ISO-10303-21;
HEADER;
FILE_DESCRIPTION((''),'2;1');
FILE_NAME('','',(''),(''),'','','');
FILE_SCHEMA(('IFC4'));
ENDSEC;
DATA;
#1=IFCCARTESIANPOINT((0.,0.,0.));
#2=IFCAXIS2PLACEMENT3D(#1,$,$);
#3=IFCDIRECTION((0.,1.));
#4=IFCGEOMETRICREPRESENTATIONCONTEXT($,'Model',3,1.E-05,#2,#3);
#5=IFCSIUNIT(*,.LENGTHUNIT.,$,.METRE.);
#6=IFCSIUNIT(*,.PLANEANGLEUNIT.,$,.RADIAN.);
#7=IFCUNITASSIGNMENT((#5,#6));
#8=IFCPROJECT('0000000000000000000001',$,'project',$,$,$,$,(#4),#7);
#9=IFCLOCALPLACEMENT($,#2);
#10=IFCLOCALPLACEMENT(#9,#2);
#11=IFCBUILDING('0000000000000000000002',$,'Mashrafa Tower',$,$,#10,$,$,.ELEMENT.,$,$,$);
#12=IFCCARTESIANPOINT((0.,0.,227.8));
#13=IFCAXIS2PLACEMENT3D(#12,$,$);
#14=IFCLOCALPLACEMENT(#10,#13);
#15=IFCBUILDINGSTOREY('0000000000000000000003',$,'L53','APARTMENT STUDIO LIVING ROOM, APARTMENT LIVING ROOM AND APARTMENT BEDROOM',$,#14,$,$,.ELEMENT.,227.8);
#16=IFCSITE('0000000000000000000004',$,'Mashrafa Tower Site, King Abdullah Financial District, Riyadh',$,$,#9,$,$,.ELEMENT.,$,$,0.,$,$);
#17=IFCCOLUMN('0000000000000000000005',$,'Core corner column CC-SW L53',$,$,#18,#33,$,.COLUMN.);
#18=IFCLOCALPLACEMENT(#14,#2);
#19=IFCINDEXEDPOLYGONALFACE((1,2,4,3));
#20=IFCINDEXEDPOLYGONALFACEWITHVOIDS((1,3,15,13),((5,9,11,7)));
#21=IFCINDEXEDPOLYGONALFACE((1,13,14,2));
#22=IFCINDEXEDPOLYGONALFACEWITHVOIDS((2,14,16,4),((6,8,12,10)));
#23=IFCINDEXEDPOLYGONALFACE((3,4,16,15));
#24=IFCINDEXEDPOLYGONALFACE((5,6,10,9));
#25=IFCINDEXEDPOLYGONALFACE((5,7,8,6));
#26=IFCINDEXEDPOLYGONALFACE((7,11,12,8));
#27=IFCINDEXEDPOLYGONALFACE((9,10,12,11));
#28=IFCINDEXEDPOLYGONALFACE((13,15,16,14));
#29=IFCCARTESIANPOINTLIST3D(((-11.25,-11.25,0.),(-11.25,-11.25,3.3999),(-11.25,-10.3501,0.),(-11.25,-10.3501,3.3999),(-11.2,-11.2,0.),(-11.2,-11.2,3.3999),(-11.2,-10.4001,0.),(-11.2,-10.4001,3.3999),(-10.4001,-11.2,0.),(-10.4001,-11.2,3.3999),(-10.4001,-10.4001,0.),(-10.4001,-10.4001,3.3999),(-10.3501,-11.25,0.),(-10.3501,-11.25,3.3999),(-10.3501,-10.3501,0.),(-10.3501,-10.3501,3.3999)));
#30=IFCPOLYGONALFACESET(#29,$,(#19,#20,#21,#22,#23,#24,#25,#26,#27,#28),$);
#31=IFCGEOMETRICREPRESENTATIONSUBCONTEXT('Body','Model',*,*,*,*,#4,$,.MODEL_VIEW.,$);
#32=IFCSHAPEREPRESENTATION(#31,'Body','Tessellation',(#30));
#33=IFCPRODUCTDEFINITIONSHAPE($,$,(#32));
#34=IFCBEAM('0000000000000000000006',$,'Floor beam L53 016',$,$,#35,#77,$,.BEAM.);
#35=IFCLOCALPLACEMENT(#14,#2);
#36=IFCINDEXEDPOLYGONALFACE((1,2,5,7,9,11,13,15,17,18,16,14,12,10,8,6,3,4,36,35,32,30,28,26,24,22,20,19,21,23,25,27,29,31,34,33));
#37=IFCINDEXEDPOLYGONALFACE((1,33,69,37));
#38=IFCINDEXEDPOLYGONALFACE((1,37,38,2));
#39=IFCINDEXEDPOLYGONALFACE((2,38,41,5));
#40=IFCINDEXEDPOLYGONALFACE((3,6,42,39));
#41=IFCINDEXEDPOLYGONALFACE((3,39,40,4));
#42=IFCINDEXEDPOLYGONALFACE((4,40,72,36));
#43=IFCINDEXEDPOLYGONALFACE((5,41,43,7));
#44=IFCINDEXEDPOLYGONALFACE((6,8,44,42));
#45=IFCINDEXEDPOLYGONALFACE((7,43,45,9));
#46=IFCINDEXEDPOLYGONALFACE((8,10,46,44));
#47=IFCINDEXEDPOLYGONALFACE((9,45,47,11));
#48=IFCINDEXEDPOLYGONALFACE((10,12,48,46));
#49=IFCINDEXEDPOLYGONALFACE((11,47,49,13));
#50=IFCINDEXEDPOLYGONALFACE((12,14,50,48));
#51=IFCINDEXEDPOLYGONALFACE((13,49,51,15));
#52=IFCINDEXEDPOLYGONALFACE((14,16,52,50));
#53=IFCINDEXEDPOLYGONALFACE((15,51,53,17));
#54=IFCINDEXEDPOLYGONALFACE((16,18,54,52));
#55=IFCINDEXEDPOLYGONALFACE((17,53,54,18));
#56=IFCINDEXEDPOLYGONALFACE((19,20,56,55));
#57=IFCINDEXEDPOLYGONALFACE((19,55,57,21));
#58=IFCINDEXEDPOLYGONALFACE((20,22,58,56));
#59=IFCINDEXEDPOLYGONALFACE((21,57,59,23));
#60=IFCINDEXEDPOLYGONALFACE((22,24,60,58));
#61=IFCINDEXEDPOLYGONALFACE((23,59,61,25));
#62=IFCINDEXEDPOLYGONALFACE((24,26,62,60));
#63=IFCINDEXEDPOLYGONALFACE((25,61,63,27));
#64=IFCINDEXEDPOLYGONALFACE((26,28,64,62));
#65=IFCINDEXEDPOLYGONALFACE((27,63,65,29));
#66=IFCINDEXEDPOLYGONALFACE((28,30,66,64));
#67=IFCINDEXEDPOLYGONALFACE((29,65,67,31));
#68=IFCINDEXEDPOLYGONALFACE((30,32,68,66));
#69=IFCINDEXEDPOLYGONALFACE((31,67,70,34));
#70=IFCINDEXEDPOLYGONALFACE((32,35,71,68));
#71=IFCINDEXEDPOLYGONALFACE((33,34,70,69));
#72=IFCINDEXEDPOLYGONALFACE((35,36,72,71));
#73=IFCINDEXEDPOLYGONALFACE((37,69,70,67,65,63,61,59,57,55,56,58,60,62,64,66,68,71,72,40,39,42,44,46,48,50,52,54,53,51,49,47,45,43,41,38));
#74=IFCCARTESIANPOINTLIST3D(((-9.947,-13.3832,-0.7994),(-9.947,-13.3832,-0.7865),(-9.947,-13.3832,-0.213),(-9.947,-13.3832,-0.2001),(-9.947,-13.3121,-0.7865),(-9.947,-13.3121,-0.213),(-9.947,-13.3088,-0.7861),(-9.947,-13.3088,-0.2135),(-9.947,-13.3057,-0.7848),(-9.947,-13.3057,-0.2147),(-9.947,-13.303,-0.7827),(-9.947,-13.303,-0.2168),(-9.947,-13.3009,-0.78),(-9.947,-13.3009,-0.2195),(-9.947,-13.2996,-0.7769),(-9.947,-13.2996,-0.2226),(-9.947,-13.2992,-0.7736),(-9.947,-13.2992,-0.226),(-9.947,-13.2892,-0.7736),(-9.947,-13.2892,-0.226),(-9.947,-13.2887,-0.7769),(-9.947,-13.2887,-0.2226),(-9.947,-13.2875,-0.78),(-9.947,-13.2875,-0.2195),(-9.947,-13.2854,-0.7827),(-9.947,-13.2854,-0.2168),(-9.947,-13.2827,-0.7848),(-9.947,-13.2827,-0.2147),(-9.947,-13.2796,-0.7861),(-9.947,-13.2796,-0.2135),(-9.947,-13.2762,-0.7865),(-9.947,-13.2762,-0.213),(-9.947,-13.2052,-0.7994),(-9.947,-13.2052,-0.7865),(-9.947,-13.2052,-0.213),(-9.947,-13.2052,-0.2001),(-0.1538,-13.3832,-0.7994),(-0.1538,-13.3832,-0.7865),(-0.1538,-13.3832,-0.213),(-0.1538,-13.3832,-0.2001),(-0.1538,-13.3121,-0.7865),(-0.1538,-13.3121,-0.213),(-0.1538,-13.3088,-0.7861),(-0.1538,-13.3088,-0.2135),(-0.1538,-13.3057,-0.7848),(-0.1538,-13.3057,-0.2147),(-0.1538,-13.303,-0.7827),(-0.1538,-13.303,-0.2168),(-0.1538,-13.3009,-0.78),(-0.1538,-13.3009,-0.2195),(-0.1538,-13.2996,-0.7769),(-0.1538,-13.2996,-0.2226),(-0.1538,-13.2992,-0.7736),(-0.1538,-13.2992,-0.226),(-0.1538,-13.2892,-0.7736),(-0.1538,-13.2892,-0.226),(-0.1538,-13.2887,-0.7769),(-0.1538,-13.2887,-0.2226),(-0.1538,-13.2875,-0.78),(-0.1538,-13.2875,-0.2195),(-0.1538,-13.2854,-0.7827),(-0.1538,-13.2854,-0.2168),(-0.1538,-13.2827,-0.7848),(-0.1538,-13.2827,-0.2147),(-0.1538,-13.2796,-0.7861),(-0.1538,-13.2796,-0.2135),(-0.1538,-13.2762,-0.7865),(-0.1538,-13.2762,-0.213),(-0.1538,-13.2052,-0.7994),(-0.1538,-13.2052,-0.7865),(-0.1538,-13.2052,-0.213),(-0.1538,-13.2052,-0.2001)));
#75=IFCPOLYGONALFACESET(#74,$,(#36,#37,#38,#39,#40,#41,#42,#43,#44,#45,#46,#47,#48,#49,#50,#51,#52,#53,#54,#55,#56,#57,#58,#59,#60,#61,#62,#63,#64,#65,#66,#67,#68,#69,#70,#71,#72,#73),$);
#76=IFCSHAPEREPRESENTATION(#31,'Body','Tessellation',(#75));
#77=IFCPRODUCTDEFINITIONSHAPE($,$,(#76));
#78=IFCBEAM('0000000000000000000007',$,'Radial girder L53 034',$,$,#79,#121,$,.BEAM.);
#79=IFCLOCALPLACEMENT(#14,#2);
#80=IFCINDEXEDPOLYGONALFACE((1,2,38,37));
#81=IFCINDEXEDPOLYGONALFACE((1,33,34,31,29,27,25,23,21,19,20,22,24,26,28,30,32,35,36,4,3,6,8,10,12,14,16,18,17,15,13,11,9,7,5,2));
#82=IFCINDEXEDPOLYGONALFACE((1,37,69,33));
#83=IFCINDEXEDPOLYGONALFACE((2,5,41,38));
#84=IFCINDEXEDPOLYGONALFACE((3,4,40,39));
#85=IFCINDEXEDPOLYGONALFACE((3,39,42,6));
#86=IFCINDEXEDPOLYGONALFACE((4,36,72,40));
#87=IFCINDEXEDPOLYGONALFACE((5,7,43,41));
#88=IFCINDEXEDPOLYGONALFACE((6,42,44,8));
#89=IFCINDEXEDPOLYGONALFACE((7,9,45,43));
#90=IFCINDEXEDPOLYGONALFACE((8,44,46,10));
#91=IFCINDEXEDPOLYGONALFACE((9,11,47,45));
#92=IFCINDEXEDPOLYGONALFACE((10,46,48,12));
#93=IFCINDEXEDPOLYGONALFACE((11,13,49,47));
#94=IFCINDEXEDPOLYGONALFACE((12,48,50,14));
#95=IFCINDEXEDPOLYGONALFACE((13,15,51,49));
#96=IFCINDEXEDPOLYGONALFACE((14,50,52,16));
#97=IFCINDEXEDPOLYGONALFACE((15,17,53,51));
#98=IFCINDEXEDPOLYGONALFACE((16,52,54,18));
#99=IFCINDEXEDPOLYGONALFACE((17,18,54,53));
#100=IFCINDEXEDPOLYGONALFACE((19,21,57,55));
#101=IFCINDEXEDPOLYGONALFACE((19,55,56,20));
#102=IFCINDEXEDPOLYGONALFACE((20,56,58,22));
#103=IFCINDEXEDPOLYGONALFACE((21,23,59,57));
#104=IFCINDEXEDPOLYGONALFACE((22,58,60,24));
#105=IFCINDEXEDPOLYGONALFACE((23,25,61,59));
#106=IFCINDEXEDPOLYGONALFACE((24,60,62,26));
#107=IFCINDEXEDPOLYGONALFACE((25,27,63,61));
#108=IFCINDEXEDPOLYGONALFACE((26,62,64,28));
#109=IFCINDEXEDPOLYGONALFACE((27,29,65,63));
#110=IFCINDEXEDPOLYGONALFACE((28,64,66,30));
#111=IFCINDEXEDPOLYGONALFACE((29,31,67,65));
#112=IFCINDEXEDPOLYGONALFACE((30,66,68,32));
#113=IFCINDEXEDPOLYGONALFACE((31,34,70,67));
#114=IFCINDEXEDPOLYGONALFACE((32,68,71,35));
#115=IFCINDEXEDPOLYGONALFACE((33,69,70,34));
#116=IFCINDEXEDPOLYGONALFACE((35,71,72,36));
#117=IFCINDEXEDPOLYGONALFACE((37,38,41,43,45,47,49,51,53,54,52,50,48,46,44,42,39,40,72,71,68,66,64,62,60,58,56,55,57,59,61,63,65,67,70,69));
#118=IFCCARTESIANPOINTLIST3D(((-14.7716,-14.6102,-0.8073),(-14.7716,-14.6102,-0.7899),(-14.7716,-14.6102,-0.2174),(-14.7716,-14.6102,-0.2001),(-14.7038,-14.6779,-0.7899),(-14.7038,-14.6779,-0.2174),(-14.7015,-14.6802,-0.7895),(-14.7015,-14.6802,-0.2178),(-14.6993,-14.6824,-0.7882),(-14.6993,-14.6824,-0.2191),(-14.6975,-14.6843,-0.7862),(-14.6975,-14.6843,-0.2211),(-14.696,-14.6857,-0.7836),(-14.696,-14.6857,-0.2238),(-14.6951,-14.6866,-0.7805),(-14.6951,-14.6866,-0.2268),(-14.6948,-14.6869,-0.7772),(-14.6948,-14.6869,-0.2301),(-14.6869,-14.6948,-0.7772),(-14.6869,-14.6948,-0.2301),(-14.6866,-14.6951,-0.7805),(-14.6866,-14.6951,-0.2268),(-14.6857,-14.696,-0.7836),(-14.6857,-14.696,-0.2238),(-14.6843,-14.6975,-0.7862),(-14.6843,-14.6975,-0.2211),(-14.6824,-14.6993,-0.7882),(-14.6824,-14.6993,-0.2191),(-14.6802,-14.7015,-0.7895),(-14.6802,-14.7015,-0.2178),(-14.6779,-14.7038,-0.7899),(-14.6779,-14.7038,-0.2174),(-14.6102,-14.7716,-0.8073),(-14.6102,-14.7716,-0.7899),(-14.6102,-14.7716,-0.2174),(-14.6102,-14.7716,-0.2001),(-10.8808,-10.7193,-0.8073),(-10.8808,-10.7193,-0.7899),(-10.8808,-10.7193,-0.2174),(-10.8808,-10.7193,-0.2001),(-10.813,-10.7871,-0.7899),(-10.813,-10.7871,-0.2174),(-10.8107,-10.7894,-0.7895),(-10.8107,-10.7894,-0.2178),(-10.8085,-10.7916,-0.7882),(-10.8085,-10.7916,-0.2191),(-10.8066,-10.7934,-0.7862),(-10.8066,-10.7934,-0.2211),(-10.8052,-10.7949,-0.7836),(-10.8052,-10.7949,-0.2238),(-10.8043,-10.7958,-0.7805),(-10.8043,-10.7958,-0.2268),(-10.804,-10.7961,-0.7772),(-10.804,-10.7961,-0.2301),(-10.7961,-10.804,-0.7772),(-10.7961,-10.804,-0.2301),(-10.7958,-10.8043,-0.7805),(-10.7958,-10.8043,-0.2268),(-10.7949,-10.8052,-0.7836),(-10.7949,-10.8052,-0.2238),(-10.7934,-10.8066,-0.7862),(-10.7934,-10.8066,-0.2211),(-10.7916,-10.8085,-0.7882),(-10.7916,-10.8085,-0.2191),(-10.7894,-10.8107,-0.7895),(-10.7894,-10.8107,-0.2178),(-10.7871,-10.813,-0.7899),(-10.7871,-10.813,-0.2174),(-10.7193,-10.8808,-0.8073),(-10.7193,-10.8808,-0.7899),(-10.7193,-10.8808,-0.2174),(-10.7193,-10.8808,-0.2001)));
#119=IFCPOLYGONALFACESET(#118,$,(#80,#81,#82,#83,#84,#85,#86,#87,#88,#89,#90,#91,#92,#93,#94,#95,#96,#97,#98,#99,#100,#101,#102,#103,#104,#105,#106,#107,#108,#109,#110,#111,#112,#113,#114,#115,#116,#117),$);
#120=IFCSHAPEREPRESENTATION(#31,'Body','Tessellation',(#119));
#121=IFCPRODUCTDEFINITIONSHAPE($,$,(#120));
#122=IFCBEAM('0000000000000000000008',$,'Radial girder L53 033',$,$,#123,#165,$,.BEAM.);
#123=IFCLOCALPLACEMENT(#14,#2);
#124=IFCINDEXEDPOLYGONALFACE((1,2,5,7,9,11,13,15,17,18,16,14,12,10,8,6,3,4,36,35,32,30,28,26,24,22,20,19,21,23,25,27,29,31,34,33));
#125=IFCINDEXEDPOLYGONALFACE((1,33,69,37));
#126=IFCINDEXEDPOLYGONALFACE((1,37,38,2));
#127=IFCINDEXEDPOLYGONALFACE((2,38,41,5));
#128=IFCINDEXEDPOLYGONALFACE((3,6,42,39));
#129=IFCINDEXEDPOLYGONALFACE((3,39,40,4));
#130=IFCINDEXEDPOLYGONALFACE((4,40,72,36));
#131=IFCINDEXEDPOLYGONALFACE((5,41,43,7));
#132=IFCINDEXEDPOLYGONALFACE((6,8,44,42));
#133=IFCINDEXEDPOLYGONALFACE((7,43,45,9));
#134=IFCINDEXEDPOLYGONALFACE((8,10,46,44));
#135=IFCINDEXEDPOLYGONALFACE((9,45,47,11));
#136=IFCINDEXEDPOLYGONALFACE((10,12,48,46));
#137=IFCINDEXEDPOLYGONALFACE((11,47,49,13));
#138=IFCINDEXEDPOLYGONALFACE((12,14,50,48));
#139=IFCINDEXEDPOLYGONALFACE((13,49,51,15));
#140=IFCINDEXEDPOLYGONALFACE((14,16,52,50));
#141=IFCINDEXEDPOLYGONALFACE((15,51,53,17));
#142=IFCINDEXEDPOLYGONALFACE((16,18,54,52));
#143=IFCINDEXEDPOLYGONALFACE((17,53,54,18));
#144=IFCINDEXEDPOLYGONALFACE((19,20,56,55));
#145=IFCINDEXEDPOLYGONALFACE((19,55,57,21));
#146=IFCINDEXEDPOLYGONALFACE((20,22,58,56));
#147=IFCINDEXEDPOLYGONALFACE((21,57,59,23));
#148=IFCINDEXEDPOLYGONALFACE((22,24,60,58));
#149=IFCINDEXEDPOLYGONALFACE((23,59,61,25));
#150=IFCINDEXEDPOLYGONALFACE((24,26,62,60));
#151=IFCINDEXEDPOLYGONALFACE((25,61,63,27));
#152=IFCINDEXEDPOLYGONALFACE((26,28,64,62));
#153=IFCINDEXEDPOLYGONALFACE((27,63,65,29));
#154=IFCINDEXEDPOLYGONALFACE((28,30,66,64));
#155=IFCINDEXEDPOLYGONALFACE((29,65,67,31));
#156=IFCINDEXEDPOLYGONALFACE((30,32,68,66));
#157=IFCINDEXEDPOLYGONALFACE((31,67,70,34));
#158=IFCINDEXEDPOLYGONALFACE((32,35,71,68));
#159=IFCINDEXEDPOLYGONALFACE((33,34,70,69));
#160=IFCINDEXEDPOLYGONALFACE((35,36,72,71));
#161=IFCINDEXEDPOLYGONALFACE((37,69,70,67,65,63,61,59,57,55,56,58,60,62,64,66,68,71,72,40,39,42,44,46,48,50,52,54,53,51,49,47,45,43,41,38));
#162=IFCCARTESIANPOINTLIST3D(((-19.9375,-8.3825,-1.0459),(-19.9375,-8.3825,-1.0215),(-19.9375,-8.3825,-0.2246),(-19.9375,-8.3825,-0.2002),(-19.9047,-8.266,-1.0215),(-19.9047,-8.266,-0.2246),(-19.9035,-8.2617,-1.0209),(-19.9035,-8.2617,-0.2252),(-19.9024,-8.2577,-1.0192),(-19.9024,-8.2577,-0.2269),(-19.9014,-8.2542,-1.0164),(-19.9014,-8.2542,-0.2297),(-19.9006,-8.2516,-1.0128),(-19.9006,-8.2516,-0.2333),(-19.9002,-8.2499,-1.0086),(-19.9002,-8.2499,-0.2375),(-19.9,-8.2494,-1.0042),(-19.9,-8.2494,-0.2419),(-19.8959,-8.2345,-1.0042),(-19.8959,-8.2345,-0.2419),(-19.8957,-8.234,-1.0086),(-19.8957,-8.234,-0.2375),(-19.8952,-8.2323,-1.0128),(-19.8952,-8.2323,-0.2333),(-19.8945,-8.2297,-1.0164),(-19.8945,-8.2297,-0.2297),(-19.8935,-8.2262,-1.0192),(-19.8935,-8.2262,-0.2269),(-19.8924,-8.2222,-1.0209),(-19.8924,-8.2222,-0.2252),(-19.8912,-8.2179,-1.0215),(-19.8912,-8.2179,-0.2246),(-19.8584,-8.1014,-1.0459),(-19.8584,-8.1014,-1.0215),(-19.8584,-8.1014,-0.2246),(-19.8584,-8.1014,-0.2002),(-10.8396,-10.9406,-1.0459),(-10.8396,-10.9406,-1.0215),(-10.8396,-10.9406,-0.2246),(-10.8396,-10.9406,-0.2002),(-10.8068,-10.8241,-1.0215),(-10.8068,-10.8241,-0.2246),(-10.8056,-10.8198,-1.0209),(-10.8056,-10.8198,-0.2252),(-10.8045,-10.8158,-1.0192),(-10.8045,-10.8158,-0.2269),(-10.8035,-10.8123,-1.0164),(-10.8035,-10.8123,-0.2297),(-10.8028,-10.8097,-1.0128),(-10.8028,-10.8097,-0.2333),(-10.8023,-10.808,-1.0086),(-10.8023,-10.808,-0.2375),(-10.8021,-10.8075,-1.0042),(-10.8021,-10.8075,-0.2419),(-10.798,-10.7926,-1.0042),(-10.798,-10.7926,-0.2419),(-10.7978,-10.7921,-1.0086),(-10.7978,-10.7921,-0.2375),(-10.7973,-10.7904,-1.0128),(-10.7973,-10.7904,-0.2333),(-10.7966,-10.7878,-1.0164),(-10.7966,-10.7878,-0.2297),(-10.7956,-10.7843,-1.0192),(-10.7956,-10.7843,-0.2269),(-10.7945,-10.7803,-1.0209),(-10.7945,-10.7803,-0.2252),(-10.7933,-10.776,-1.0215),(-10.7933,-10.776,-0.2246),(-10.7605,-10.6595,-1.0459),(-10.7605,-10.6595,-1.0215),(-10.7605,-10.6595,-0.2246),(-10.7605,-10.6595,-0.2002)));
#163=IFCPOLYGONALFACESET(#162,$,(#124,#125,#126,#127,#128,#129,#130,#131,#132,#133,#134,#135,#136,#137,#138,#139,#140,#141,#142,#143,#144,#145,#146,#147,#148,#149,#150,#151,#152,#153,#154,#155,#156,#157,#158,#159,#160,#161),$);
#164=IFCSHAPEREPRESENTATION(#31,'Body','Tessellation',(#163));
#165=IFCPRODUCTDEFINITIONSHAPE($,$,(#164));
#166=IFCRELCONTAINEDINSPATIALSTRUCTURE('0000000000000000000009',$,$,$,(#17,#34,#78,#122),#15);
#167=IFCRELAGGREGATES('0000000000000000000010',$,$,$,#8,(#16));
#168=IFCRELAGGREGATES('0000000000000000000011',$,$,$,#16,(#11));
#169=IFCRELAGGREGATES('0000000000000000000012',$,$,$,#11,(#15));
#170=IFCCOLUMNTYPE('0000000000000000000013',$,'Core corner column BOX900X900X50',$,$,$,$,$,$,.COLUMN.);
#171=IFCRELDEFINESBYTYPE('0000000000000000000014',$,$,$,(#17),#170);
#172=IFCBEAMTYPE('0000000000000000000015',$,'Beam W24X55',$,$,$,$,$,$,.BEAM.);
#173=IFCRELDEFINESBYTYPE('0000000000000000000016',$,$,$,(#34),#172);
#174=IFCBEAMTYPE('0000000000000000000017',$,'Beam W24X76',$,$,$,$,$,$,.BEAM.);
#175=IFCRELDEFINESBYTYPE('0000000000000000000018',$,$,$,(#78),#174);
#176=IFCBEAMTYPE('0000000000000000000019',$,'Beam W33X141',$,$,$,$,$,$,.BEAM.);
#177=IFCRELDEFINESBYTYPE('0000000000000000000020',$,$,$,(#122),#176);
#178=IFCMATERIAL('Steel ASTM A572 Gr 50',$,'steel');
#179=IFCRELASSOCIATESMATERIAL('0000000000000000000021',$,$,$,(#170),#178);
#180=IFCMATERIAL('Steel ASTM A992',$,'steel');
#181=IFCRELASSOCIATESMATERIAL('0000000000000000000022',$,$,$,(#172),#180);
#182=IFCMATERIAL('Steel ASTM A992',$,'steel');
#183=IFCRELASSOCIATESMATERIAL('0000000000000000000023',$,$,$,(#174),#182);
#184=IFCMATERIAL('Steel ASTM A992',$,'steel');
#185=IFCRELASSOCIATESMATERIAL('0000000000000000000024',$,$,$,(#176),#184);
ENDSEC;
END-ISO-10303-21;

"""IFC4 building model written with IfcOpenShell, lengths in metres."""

from ifc_helpers import new_model, si_unit, direction, frame, origin, origin_2d, place, context, subcontext, project, spatial, hollow_rectangle, i_section, extrude, material, material_profile, profile_set, type_object, element, save


model = new_model("IFC4")

# Units and contexts
model_context = context("Model", 3, precision=1e-05, world=origin(), true_north=direction((0.0, 1.0)))
body_context = subcontext(model_context, "Body", "Model", "MODEL_VIEW")
ifc_project = project(units=[si_unit("LENGTHUNIT", "METRE"), si_unit("PLANEANGLEUNIT", "RADIAN")], contexts=[model_context])

# Site, building, storey
site_placement = place(None, origin())
site = spatial("IfcSite", under=ifc_project, at=site_placement, Name="Mashrafa Tower Site, King Abdullah Financial District, Riyadh", CompositionType="ELEMENT", RefElevation=0.0)
building_placement = place(site_placement, origin())
building = spatial("IfcBuilding", under=site, at=building_placement, Name="Mashrafa Tower", CompositionType="ELEMENT")
storey_placement = place(building_placement, frame((0.0, 0.0, 227.8)))
storey = spatial("IfcBuildingStorey", under=building, at=storey_placement, Name="L53", Description="APARTMENT STUDIO LIVING ROOM, APARTMENT LIVING ROOM AND APARTMENT BEDROOM", CompositionType="ELEMENT", Elevation=227.8)

# Column
ifc_material_1 = material(Name="Steel ASTM A572 Gr 50", Category="steel")
ifc_material_profile_1 = material_profile(ifc_material_1, hollow_rectangle(XDim=0.8999, YDim=0.8999, WallThickness=0.05, at=origin_2d()), Name="BOX900X900X50")
ifc_profile_set_1 = profile_set([ifc_material_profile_1], Name="Steel ASTM A572 Gr 50")
column_type = type_object("IfcColumnType", Name="Core corner column BOX900X900X50", PredefinedType="COLUMN", material=ifc_profile_set_1)
column_placement = place(storey_placement, frame((-10.8, -10.8, 0.0), z_axis=(0.0, 0.0, 1.0), x_axis=(1.0, 0.0, 0.0)))
element("IfcColumn", 1, at=column_placement, inside=storey, type_object=column_type, Name="Core corner column CC-SW L53", PredefinedType="COLUMN", context=body_context, shape_type="SweptSolid", body=[
    extrude(hollow_rectangle(XDim=0.8999, YDim=0.8999, WallThickness=0.05, at=origin_2d()), origin(), (0.0, 0.0, 1.0), 3.3999),
])

# Beams
ifc_material_2 = material(Name="Steel ASTM A992", Category="steel")
ifc_material_profile_2 = material_profile(ifc_material_2, i_section(OverallWidth=0.178, OverallDepth=0.5994, WebThickness=0.01, FlangeThickness=0.0129, FilletRadius=0.0129, at=origin_2d()), Name="W24X55")
ifc_profile_set_2 = profile_set([ifc_material_profile_2], Name="Steel ASTM A992")
beam_type_1 = type_object("IfcBeamType", Name="Beam W24X55", PredefinedType="BEAM", material=ifc_profile_set_2)
beam_1_placement = place(storey_placement, frame((-0.1538, -13.2942, -0.4998), z_axis=(-1.0, 0.0, 0.0), x_axis=(0.0, -1.0, 0.0)))
element("IfcBeam", 2, at=beam_1_placement, inside=storey, type_object=beam_type_1, Name="Floor beam L53 016", PredefinedType="BEAM", context=body_context, shape_type="SweptSolid", body=[
    extrude(i_section(OverallWidth=0.178, OverallDepth=0.5994, WebThickness=0.01, FlangeThickness=0.0129, FilletRadius=0.0129, at=origin_2d()), origin(), (0.0, 0.0, 1.0), 9.7932),
])
ifc_material_3 = material(Name="Steel ASTM A992", Category="steel")
ifc_material_profile_3 = material_profile(ifc_material_3, i_section(OverallWidth=0.2283, OverallDepth=0.6072, WebThickness=0.0112, FlangeThickness=0.0173, FilletRadius=0.0127, at=origin_2d()), Name="W24X76")
ifc_profile_set_3 = profile_set([ifc_material_profile_3], Name="Steel ASTM A992")
beam_type_2 = type_object("IfcBeamType", Name="Beam W24X76", PredefinedType="BEAM", material=ifc_profile_set_3)
beam_2_placement = place(storey_placement, frame((-10.8, -10.8, -0.5037), z_axis=(-0.707107, -0.707107, 0.0), x_axis=(0.707107, -0.707107, 0.0)))
element("IfcBeam", 3, at=beam_2_placement, inside=storey, type_object=beam_type_2, Name="Radial girder L53 034", PredefinedType="BEAM", context=body_context, shape_type="SweptSolid", body=[
    extrude(i_section(OverallWidth=0.2283, OverallDepth=0.6072, WebThickness=0.0112, FlangeThickness=0.0173, FilletRadius=0.0127, at=origin_2d()), origin(), (0.0, 0.0, 1.0), 5.5024),
])
ifc_material_4 = material(Name="Steel ASTM A992", Category="steel")
ifc_material_profile_4 = material_profile(ifc_material_4, i_section(OverallWidth=0.292, OverallDepth=0.8457, WebThickness=0.0154, FlangeThickness=0.0244, FilletRadius=0.0173, at=origin_2d()), Name="W33X141")
ifc_profile_set_4 = profile_set([ifc_material_profile_4], Name="Steel ASTM A992")
beam_type_3 = type_object("IfcBeamType", Name="Beam W33X141", PredefinedType="BEAM", material=ifc_profile_set_4)
for number, where, z_axis, x_axis, name in (
    (4, (-10.8, -10.8, -0.623), (-0.96267, 0.270679, 0.0), (-0.270679, -0.96267, 0.0), "Radial girder L53 033"),
):
    element("IfcBeam", number, at=place(storey_placement, frame(where, z_axis=z_axis, x_axis=x_axis)), inside=storey, type_object=beam_type_3, Name=name, PredefinedType="BEAM", context=body_context, shape_type="SweptSolid", body=[
        extrude(i_section(OverallWidth=0.292, OverallDepth=0.8457, WebThickness=0.0154, FlangeThickness=0.0244, FilletRadius=0.0173, at=origin_2d()), origin(), (0.0, 0.0, 1.0), 9.4507),
    ])

save(model, "model.ifc")
